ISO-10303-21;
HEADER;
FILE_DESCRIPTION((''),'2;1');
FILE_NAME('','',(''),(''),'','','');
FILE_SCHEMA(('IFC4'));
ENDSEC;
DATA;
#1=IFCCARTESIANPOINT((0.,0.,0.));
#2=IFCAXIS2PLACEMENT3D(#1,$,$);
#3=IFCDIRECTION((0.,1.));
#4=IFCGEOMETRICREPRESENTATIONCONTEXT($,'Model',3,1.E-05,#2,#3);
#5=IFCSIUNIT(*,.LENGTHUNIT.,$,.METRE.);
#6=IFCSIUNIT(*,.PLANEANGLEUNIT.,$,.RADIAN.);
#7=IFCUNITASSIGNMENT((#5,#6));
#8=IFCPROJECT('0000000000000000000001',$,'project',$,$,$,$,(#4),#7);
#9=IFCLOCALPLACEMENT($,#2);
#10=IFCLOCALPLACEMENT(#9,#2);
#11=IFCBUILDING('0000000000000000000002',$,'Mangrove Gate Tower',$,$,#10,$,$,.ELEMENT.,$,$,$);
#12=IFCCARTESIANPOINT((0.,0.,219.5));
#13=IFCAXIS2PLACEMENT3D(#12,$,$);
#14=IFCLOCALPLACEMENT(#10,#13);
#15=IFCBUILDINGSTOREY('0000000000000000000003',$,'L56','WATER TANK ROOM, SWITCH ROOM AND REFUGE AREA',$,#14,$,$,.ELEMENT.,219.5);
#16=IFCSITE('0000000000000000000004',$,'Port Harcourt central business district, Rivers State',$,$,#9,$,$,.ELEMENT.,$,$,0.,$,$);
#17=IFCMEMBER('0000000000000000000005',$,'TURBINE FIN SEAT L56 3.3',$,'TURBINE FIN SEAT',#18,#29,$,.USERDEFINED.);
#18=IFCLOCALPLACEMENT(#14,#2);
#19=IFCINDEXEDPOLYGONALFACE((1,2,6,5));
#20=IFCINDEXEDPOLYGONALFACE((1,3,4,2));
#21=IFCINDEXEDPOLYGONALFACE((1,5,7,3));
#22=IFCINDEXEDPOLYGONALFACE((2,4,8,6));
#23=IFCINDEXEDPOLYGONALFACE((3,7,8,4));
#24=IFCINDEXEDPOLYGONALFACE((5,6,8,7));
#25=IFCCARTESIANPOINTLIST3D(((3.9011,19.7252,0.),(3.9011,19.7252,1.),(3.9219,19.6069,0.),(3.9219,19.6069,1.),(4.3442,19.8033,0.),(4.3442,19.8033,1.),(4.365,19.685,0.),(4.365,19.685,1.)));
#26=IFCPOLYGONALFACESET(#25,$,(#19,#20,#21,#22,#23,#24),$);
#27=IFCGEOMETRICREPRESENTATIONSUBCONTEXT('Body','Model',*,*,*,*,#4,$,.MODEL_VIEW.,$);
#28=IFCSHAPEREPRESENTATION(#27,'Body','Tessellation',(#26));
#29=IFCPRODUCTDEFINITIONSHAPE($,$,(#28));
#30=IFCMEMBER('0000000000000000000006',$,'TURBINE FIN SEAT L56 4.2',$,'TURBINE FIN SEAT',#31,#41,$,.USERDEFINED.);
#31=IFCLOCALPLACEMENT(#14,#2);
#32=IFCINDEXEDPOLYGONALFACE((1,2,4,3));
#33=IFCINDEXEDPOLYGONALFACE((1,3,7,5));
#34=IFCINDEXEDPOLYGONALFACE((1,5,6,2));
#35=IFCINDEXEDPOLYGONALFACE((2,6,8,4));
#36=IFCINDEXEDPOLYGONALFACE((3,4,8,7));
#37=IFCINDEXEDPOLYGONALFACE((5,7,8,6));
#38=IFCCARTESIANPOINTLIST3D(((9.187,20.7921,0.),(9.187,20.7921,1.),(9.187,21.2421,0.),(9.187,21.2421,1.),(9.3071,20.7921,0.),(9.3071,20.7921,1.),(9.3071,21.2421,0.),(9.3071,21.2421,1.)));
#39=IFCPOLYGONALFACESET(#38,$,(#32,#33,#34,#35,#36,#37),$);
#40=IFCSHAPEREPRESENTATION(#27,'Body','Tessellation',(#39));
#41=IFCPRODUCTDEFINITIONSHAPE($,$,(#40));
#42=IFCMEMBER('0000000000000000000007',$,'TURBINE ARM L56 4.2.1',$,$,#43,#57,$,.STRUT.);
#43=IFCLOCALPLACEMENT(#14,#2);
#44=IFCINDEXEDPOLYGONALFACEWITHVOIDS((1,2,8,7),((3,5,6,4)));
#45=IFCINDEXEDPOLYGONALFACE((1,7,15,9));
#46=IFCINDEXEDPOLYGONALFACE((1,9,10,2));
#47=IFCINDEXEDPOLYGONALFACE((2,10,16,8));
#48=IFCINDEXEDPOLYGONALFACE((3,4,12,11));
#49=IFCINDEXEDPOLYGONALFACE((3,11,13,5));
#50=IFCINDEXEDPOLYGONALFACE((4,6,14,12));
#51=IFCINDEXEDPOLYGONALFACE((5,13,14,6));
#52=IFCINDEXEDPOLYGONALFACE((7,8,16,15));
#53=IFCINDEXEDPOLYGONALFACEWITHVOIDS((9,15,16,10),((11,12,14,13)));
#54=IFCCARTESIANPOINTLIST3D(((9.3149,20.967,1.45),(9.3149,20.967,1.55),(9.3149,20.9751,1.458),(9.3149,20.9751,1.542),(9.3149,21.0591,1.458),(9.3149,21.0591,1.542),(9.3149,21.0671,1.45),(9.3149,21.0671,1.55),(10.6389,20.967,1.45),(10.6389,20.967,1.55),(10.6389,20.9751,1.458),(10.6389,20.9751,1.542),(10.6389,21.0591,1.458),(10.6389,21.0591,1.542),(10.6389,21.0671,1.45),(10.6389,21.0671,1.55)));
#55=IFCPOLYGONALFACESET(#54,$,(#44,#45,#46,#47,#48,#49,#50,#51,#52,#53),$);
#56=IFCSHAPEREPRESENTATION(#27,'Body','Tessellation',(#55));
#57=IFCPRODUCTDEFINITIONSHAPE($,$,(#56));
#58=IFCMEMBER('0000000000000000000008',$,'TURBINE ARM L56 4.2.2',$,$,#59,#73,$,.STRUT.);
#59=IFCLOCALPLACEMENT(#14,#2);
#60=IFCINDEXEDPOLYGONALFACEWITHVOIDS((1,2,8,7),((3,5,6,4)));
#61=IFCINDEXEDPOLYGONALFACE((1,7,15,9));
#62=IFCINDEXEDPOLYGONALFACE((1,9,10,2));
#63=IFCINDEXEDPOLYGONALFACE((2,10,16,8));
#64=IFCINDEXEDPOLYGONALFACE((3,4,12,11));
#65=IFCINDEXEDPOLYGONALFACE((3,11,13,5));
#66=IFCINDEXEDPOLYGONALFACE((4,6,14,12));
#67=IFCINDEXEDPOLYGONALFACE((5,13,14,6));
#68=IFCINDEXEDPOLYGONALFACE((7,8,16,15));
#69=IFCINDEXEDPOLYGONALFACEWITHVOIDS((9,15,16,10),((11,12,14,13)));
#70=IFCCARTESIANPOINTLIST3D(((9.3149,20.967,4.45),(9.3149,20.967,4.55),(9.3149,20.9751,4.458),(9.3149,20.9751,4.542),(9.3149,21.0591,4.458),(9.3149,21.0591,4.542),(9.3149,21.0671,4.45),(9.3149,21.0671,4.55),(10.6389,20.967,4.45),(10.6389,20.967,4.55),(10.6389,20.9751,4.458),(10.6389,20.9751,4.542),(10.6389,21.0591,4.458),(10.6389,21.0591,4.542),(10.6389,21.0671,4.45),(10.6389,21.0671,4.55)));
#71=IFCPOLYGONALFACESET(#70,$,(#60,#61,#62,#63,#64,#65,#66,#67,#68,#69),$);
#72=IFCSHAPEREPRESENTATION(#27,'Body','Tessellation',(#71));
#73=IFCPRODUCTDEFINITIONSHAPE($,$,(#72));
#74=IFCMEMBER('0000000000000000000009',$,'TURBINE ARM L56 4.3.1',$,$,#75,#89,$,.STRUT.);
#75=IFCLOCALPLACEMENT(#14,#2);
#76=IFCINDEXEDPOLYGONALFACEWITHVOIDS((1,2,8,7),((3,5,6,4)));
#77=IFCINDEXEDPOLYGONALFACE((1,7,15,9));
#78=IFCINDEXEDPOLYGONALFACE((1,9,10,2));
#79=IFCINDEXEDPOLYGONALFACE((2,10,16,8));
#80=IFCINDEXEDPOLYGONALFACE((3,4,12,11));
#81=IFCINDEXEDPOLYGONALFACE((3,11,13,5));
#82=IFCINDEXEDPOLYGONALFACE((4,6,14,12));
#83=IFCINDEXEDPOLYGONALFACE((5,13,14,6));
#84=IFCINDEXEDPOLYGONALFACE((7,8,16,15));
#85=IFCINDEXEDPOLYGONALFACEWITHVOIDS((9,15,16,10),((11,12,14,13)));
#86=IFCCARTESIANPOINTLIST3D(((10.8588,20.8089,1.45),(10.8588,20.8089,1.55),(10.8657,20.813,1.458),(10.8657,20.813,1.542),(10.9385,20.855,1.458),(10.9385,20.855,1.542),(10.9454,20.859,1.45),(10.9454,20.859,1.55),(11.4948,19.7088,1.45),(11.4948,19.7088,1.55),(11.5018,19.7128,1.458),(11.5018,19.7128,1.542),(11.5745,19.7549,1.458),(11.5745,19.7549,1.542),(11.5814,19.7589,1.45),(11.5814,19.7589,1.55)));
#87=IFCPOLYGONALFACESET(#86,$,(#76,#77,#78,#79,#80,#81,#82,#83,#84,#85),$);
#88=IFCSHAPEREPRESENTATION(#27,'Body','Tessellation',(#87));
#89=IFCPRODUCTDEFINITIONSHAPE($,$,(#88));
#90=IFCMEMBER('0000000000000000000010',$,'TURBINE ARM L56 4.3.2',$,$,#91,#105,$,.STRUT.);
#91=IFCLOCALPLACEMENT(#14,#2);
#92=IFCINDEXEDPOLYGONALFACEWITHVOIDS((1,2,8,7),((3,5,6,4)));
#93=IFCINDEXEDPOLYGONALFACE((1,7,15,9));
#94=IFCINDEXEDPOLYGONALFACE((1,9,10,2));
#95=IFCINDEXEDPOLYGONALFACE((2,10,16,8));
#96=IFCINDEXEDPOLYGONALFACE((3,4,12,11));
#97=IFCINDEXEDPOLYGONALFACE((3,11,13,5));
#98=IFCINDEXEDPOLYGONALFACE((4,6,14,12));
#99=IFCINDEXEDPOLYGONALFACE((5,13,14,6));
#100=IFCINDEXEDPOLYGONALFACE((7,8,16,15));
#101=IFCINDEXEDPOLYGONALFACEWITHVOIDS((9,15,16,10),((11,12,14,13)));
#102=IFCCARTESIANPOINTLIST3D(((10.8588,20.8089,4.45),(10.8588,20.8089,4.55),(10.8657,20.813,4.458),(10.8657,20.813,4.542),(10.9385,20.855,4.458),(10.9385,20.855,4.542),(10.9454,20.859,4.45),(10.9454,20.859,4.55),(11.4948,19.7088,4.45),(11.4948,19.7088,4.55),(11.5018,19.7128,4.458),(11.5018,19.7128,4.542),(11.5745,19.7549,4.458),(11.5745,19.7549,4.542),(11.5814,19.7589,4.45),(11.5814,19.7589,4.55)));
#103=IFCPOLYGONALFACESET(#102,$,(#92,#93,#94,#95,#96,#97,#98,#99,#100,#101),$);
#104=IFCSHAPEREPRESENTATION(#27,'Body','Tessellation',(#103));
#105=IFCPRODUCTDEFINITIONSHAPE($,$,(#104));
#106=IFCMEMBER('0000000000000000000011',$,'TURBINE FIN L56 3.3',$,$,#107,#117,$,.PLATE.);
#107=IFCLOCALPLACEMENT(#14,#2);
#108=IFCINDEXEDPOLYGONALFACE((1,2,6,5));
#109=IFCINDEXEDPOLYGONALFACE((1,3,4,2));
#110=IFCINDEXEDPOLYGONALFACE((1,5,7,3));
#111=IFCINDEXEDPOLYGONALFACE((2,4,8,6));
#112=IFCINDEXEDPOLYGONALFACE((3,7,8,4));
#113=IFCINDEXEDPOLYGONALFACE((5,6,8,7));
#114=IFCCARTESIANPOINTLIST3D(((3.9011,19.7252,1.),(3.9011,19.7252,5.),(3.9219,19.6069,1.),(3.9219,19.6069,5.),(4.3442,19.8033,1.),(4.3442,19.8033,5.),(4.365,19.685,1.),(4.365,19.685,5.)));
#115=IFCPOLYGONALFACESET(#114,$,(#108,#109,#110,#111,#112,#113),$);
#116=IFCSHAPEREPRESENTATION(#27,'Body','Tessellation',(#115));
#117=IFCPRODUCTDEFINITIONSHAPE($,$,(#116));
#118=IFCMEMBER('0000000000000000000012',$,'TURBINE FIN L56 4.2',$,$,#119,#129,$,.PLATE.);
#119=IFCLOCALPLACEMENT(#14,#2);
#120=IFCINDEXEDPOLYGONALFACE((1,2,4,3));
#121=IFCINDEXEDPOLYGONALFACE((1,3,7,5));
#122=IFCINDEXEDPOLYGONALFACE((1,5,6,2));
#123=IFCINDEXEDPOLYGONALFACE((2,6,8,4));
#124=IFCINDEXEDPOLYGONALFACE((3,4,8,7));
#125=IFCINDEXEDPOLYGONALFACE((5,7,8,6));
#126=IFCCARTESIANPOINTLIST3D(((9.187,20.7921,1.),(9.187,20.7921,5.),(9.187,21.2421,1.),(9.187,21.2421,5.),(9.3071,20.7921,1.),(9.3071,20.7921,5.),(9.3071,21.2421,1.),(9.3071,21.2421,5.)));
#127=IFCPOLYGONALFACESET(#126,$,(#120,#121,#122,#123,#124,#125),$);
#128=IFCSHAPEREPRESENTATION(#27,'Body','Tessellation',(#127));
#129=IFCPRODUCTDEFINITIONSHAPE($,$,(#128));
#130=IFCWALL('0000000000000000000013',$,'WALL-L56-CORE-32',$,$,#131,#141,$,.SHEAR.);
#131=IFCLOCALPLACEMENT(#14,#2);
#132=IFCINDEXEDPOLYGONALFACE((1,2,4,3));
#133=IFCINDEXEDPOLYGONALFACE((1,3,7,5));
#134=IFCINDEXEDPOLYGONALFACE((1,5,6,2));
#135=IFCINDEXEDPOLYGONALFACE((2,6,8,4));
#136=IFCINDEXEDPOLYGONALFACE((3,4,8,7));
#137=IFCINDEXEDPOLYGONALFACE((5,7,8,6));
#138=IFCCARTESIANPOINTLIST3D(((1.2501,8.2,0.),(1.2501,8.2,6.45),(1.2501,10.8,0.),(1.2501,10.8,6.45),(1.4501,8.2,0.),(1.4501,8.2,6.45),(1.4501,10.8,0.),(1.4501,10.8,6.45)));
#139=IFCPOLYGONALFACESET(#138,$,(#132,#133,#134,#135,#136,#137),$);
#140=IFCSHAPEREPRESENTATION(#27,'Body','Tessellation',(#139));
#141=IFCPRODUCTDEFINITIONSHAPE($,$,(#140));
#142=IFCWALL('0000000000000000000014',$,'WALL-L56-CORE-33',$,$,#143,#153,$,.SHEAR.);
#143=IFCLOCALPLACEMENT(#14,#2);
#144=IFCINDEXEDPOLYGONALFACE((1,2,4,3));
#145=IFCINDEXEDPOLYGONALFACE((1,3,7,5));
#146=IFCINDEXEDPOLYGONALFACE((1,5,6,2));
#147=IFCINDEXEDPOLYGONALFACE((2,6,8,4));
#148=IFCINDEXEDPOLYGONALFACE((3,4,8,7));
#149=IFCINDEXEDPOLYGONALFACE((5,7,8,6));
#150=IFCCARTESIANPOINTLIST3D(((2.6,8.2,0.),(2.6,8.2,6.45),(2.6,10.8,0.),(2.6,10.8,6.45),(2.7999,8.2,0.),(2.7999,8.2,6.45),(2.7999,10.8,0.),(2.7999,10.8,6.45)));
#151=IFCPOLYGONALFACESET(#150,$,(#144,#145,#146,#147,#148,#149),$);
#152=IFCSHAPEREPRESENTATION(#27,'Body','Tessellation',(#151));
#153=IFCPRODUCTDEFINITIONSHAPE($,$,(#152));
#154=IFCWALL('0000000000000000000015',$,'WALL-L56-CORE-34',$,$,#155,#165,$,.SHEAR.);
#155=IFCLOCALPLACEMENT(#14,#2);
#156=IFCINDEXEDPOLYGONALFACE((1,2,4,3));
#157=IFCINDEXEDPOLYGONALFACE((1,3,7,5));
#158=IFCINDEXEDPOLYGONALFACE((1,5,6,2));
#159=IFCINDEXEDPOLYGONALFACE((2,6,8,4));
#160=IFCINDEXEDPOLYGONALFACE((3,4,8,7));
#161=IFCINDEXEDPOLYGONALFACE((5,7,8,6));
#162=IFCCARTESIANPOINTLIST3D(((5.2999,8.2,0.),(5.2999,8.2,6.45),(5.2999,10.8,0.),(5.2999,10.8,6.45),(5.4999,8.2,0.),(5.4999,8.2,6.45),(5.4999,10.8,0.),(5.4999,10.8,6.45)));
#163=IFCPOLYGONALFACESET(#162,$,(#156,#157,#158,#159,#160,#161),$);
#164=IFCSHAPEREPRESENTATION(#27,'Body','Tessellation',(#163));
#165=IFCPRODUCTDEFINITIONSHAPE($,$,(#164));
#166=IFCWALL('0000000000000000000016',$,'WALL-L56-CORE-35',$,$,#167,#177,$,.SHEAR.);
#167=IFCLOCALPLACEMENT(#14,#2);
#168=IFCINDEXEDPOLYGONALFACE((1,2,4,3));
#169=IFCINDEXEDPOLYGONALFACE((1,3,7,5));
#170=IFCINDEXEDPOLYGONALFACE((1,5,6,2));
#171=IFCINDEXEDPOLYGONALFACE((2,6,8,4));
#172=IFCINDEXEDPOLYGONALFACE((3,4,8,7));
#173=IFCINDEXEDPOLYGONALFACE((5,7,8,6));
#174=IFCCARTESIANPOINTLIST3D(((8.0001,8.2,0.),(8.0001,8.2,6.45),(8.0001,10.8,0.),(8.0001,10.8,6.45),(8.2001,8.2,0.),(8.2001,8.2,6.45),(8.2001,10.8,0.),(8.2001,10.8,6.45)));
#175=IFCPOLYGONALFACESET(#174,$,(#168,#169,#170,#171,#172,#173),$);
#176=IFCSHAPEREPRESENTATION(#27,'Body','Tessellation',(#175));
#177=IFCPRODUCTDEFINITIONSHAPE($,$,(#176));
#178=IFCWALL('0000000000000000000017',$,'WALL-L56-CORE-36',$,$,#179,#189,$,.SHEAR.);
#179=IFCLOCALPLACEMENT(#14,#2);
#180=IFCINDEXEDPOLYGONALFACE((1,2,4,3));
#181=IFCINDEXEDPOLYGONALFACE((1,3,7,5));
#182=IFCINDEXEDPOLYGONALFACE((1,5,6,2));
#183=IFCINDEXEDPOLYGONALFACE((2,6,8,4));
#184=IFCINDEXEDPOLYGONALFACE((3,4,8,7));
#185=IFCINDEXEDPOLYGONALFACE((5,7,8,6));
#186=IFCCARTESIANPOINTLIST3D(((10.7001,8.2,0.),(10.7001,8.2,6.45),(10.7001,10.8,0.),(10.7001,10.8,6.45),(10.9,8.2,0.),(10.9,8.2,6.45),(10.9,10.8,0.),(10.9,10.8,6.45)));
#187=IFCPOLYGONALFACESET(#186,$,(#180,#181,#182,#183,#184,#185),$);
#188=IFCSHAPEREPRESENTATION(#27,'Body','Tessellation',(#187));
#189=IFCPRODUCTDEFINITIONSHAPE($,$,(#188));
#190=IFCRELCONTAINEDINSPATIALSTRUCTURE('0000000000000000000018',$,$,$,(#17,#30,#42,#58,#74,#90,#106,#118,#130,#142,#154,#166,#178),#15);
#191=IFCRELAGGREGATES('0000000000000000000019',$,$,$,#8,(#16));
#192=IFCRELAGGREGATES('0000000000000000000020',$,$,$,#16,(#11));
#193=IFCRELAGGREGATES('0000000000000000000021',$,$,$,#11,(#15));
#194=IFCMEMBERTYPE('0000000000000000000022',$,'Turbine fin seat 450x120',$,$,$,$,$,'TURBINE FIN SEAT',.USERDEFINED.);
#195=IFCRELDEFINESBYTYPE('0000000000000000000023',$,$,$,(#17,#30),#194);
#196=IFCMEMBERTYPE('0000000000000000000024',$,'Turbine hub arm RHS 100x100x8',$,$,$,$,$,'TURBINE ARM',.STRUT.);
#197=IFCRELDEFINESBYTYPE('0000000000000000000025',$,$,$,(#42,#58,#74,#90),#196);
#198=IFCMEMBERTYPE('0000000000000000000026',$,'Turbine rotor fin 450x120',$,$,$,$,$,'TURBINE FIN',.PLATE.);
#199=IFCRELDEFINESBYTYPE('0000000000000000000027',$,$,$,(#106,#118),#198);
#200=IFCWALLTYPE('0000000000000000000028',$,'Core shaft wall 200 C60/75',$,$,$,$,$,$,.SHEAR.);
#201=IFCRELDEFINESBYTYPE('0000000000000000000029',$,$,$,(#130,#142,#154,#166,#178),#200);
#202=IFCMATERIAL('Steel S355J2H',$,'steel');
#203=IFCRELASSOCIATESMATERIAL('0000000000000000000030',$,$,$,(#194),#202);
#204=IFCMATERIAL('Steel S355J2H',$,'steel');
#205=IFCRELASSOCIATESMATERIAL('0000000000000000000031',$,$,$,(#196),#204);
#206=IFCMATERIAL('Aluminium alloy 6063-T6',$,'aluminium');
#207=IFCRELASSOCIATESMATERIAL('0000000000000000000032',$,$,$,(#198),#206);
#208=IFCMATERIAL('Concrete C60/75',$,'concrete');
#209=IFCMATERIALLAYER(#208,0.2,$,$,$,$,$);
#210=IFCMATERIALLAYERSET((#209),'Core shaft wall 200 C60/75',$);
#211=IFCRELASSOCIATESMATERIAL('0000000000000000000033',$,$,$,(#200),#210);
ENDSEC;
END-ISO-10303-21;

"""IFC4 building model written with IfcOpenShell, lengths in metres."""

from ifc_helpers import new_model, si_unit, direction, frame, frame_2d, origin, origin_2d, place, context, subcontext, project, spatial, rectangle, hollow_rectangle, extrude, material, layer, layer_set, material_profile, profile_set, type_object, element, save


model = new_model("IFC4")

# Units and contexts
model_context = context("Model", 3, precision=1e-05, world=origin(), true_north=direction((0.0, 1.0)))
body_context = subcontext(model_context, "Body", "Model", "MODEL_VIEW")
ifc_project = project(units=[si_unit("LENGTHUNIT", "METRE"), si_unit("PLANEANGLEUNIT", "RADIAN")], contexts=[model_context])

# Site, building, storey
site_placement = place(None, origin())
site = spatial("IfcSite", under=ifc_project, at=site_placement, Name="Port Harcourt central business district, Rivers State", CompositionType="ELEMENT", RefElevation=0.0)
building_placement = place(site_placement, origin())
building = spatial("IfcBuilding", under=site, at=building_placement, Name="Mangrove Gate Tower", CompositionType="ELEMENT")
storey_placement = place(building_placement, frame((0.0, 0.0, 219.5)))
storey = spatial("IfcBuildingStorey", under=building, at=storey_placement, Name="L56", Description="WATER TANK ROOM, SWITCH ROOM AND REFUGE AREA", CompositionType="ELEMENT", Elevation=219.5)

# Members
ifc_material_1 = material(Name="Steel S355J2H", Category="steel")
ifc_material_profile_1 = material_profile(ifc_material_1, rectangle(XDim=0.45, YDim=0.1201, at=origin_2d()))
ifc_profile_set_1 = profile_set([ifc_material_profile_1], Name="Steel S355J2H")
member_type_1 = type_object("IfcMemberType", Name="Turbine fin seat 450x120", ElementType="TURBINE FIN SEAT", PredefinedType="USERDEFINED", material=ifc_profile_set_1)
for number, where, z_axis, x_axis, name in (
    (1, (4.1331, 19.7051, 0.0), (0.0, 0.0, 1.0), (0.984808, 0.173648, 0.0), "TURBINE FIN SEAT L56 3.3"),
    (2, (9.2471, 21.0171, 0.0), (0.0, 0.0, 1.0), (0.0, -1.0, 0.0), "TURBINE FIN SEAT L56 4.2"),
):
    element("IfcMember", number, at=place(storey_placement, frame(where, z_axis=z_axis, x_axis=x_axis)), inside=storey, type_object=member_type_1, Name=name, ObjectType="TURBINE FIN SEAT", PredefinedType="USERDEFINED", context=body_context, shape_type="SweptSolid", body=[
        extrude(rectangle(XDim=0.45, YDim=0.1201, at=origin_2d()), origin(), (0.0, 0.0, 1.0), 1.0),
    ])
ifc_material_2 = material(Name="Steel S355J2H", Category="steel")
ifc_material_profile_2 = material_profile(ifc_material_2, hollow_rectangle(XDim=0.1001, YDim=0.1001, WallThickness=0.0081, at=origin_2d()))
ifc_profile_set_2 = profile_set([ifc_material_profile_2], Name="Steel S355J2H")
member_type_2 = type_object("IfcMemberType", Name="Turbine hub arm RHS 100x100x8", ElementType="TURBINE ARM", PredefinedType="STRUT", material=ifc_profile_set_2)
for number, where, z_axis, x_axis, name in (
    (3, (10.6389, 21.0171, 1.5), (-1.0, 0.0, 0.0), (0.0, -1.0, 0.0), "TURBINE ARM L56 4.2.1"),
    (4, (10.6389, 21.0171, 4.5), (-1.0, 0.0, 0.0), (0.0, -1.0, 0.0), "TURBINE ARM L56 4.2.2"),
):
    element("IfcMember", number, at=place(storey_placement, frame(where, z_axis=z_axis, x_axis=x_axis)), inside=storey, type_object=member_type_2, Name=name, PredefinedType="STRUT", context=body_context, shape_type="SweptSolid", body=[
        extrude(hollow_rectangle(XDim=0.1001, YDim=0.1001, WallThickness=0.0081, at=origin_2d()), origin(), (0.0, 0.0, 1.0), 1.324),
    ])
for number, where, z_axis, x_axis, name in (
    (5, (10.9021, 20.834, 1.5), (0.500498, -0.865737, 0.0), (0.865737, 0.500498, 0.0), "TURBINE ARM L56 4.3.1"),
    (6, (10.9021, 20.834, 4.5), (0.500498, -0.865737, 0.0), (0.865737, 0.500498, 0.0), "TURBINE ARM L56 4.3.2"),
):
    element("IfcMember", number, at=place(storey_placement, frame(where, z_axis=z_axis, x_axis=x_axis)), inside=storey, type_object=member_type_2, Name=name, PredefinedType="STRUT", context=body_context, shape_type="SweptSolid", body=[
        extrude(hollow_rectangle(XDim=0.1001, YDim=0.1001, WallThickness=0.0081, at=origin_2d()), origin(), (0.0, 0.0, 1.0), 1.2708),
    ])
ifc_material_3 = material(Name="Aluminium alloy 6063-T6", Category="aluminium")
ifc_material_profile_3 = material_profile(ifc_material_3, rectangle(XDim=0.45, YDim=0.1201, at=origin_2d()))
ifc_profile_set_3 = profile_set([ifc_material_profile_3], Name="Aluminium alloy 6063-T6")
member_type_3 = type_object("IfcMemberType", Name="Turbine rotor fin 450x120", ElementType="TURBINE FIN", PredefinedType="PLATE", material=ifc_profile_set_3)
for number, where, z_axis, x_axis, name in (
    (7, (4.1331, 19.7051, 1.0), (0.0, 0.0, 1.0), (0.984808, 0.173648, 0.0), "TURBINE FIN L56 3.3"),
    (8, (9.2471, 21.0171, 1.0), (0.0, 0.0, 1.0), (0.0, -1.0, 0.0), "TURBINE FIN L56 4.2"),
):
    element("IfcMember", number, at=place(storey_placement, frame(where, z_axis=z_axis, x_axis=x_axis)), inside=storey, type_object=member_type_3, Name=name, PredefinedType="PLATE", context=body_context, shape_type="SweptSolid", body=[
        extrude(rectangle(XDim=0.45, YDim=0.1201, at=origin_2d()), origin(), (0.0, 0.0, 1.0), 4.0),
    ])

# Walls
ifc_material_4 = material(Name="Concrete C60/75", Category="concrete")
ifc_layer_1 = layer(ifc_material_4, 0.2)
ifc_layer_set_1 = layer_set([ifc_layer_1], Name="Core shaft wall 200 C60/75")
wall_type_1 = type_object("IfcWallType", Name="Core shaft wall 200 C60/75", PredefinedType="SHEAR", material=ifc_layer_set_1)
for number, where, z_axis, x_axis, name in (
    (9, (1.3501, 8.2, 0.0), (0.0, 0.0, 1.0), (0.0, 1.0, 0.0), "WALL-L56-CORE-32"),
    (10, (2.7, 8.2, 0.0), (0.0, 0.0, 1.0), (0.0, 1.0, 0.0), "WALL-L56-CORE-33"),
    (11, (5.3999, 8.2, 0.0), (0.0, 0.0, 1.0), (0.0, 1.0, 0.0), "WALL-L56-CORE-34"),
    (12, (8.1001, 8.2, 0.0), (0.0, 0.0, 1.0), (0.0, 1.0, 0.0), "WALL-L56-CORE-35"),
    (13, (10.8, 8.2, 0.0), (0.0, 0.0, 1.0), (0.0, 1.0, 0.0), "WALL-L56-CORE-36"),
):
    element("IfcWall", number, at=place(storey_placement, frame(where, z_axis=z_axis, x_axis=x_axis)), inside=storey, type_object=wall_type_1, Name=name, PredefinedType="SHEAR", context=body_context, shape_type="SweptSolid", body=[
        extrude(rectangle(XDim=2.6001, YDim=0.2, at=frame_2d((1.3, 0.0))), origin(), (0.0, 0.0, 1.0), 6.45),
    ])

save(model, "model.ifc")
